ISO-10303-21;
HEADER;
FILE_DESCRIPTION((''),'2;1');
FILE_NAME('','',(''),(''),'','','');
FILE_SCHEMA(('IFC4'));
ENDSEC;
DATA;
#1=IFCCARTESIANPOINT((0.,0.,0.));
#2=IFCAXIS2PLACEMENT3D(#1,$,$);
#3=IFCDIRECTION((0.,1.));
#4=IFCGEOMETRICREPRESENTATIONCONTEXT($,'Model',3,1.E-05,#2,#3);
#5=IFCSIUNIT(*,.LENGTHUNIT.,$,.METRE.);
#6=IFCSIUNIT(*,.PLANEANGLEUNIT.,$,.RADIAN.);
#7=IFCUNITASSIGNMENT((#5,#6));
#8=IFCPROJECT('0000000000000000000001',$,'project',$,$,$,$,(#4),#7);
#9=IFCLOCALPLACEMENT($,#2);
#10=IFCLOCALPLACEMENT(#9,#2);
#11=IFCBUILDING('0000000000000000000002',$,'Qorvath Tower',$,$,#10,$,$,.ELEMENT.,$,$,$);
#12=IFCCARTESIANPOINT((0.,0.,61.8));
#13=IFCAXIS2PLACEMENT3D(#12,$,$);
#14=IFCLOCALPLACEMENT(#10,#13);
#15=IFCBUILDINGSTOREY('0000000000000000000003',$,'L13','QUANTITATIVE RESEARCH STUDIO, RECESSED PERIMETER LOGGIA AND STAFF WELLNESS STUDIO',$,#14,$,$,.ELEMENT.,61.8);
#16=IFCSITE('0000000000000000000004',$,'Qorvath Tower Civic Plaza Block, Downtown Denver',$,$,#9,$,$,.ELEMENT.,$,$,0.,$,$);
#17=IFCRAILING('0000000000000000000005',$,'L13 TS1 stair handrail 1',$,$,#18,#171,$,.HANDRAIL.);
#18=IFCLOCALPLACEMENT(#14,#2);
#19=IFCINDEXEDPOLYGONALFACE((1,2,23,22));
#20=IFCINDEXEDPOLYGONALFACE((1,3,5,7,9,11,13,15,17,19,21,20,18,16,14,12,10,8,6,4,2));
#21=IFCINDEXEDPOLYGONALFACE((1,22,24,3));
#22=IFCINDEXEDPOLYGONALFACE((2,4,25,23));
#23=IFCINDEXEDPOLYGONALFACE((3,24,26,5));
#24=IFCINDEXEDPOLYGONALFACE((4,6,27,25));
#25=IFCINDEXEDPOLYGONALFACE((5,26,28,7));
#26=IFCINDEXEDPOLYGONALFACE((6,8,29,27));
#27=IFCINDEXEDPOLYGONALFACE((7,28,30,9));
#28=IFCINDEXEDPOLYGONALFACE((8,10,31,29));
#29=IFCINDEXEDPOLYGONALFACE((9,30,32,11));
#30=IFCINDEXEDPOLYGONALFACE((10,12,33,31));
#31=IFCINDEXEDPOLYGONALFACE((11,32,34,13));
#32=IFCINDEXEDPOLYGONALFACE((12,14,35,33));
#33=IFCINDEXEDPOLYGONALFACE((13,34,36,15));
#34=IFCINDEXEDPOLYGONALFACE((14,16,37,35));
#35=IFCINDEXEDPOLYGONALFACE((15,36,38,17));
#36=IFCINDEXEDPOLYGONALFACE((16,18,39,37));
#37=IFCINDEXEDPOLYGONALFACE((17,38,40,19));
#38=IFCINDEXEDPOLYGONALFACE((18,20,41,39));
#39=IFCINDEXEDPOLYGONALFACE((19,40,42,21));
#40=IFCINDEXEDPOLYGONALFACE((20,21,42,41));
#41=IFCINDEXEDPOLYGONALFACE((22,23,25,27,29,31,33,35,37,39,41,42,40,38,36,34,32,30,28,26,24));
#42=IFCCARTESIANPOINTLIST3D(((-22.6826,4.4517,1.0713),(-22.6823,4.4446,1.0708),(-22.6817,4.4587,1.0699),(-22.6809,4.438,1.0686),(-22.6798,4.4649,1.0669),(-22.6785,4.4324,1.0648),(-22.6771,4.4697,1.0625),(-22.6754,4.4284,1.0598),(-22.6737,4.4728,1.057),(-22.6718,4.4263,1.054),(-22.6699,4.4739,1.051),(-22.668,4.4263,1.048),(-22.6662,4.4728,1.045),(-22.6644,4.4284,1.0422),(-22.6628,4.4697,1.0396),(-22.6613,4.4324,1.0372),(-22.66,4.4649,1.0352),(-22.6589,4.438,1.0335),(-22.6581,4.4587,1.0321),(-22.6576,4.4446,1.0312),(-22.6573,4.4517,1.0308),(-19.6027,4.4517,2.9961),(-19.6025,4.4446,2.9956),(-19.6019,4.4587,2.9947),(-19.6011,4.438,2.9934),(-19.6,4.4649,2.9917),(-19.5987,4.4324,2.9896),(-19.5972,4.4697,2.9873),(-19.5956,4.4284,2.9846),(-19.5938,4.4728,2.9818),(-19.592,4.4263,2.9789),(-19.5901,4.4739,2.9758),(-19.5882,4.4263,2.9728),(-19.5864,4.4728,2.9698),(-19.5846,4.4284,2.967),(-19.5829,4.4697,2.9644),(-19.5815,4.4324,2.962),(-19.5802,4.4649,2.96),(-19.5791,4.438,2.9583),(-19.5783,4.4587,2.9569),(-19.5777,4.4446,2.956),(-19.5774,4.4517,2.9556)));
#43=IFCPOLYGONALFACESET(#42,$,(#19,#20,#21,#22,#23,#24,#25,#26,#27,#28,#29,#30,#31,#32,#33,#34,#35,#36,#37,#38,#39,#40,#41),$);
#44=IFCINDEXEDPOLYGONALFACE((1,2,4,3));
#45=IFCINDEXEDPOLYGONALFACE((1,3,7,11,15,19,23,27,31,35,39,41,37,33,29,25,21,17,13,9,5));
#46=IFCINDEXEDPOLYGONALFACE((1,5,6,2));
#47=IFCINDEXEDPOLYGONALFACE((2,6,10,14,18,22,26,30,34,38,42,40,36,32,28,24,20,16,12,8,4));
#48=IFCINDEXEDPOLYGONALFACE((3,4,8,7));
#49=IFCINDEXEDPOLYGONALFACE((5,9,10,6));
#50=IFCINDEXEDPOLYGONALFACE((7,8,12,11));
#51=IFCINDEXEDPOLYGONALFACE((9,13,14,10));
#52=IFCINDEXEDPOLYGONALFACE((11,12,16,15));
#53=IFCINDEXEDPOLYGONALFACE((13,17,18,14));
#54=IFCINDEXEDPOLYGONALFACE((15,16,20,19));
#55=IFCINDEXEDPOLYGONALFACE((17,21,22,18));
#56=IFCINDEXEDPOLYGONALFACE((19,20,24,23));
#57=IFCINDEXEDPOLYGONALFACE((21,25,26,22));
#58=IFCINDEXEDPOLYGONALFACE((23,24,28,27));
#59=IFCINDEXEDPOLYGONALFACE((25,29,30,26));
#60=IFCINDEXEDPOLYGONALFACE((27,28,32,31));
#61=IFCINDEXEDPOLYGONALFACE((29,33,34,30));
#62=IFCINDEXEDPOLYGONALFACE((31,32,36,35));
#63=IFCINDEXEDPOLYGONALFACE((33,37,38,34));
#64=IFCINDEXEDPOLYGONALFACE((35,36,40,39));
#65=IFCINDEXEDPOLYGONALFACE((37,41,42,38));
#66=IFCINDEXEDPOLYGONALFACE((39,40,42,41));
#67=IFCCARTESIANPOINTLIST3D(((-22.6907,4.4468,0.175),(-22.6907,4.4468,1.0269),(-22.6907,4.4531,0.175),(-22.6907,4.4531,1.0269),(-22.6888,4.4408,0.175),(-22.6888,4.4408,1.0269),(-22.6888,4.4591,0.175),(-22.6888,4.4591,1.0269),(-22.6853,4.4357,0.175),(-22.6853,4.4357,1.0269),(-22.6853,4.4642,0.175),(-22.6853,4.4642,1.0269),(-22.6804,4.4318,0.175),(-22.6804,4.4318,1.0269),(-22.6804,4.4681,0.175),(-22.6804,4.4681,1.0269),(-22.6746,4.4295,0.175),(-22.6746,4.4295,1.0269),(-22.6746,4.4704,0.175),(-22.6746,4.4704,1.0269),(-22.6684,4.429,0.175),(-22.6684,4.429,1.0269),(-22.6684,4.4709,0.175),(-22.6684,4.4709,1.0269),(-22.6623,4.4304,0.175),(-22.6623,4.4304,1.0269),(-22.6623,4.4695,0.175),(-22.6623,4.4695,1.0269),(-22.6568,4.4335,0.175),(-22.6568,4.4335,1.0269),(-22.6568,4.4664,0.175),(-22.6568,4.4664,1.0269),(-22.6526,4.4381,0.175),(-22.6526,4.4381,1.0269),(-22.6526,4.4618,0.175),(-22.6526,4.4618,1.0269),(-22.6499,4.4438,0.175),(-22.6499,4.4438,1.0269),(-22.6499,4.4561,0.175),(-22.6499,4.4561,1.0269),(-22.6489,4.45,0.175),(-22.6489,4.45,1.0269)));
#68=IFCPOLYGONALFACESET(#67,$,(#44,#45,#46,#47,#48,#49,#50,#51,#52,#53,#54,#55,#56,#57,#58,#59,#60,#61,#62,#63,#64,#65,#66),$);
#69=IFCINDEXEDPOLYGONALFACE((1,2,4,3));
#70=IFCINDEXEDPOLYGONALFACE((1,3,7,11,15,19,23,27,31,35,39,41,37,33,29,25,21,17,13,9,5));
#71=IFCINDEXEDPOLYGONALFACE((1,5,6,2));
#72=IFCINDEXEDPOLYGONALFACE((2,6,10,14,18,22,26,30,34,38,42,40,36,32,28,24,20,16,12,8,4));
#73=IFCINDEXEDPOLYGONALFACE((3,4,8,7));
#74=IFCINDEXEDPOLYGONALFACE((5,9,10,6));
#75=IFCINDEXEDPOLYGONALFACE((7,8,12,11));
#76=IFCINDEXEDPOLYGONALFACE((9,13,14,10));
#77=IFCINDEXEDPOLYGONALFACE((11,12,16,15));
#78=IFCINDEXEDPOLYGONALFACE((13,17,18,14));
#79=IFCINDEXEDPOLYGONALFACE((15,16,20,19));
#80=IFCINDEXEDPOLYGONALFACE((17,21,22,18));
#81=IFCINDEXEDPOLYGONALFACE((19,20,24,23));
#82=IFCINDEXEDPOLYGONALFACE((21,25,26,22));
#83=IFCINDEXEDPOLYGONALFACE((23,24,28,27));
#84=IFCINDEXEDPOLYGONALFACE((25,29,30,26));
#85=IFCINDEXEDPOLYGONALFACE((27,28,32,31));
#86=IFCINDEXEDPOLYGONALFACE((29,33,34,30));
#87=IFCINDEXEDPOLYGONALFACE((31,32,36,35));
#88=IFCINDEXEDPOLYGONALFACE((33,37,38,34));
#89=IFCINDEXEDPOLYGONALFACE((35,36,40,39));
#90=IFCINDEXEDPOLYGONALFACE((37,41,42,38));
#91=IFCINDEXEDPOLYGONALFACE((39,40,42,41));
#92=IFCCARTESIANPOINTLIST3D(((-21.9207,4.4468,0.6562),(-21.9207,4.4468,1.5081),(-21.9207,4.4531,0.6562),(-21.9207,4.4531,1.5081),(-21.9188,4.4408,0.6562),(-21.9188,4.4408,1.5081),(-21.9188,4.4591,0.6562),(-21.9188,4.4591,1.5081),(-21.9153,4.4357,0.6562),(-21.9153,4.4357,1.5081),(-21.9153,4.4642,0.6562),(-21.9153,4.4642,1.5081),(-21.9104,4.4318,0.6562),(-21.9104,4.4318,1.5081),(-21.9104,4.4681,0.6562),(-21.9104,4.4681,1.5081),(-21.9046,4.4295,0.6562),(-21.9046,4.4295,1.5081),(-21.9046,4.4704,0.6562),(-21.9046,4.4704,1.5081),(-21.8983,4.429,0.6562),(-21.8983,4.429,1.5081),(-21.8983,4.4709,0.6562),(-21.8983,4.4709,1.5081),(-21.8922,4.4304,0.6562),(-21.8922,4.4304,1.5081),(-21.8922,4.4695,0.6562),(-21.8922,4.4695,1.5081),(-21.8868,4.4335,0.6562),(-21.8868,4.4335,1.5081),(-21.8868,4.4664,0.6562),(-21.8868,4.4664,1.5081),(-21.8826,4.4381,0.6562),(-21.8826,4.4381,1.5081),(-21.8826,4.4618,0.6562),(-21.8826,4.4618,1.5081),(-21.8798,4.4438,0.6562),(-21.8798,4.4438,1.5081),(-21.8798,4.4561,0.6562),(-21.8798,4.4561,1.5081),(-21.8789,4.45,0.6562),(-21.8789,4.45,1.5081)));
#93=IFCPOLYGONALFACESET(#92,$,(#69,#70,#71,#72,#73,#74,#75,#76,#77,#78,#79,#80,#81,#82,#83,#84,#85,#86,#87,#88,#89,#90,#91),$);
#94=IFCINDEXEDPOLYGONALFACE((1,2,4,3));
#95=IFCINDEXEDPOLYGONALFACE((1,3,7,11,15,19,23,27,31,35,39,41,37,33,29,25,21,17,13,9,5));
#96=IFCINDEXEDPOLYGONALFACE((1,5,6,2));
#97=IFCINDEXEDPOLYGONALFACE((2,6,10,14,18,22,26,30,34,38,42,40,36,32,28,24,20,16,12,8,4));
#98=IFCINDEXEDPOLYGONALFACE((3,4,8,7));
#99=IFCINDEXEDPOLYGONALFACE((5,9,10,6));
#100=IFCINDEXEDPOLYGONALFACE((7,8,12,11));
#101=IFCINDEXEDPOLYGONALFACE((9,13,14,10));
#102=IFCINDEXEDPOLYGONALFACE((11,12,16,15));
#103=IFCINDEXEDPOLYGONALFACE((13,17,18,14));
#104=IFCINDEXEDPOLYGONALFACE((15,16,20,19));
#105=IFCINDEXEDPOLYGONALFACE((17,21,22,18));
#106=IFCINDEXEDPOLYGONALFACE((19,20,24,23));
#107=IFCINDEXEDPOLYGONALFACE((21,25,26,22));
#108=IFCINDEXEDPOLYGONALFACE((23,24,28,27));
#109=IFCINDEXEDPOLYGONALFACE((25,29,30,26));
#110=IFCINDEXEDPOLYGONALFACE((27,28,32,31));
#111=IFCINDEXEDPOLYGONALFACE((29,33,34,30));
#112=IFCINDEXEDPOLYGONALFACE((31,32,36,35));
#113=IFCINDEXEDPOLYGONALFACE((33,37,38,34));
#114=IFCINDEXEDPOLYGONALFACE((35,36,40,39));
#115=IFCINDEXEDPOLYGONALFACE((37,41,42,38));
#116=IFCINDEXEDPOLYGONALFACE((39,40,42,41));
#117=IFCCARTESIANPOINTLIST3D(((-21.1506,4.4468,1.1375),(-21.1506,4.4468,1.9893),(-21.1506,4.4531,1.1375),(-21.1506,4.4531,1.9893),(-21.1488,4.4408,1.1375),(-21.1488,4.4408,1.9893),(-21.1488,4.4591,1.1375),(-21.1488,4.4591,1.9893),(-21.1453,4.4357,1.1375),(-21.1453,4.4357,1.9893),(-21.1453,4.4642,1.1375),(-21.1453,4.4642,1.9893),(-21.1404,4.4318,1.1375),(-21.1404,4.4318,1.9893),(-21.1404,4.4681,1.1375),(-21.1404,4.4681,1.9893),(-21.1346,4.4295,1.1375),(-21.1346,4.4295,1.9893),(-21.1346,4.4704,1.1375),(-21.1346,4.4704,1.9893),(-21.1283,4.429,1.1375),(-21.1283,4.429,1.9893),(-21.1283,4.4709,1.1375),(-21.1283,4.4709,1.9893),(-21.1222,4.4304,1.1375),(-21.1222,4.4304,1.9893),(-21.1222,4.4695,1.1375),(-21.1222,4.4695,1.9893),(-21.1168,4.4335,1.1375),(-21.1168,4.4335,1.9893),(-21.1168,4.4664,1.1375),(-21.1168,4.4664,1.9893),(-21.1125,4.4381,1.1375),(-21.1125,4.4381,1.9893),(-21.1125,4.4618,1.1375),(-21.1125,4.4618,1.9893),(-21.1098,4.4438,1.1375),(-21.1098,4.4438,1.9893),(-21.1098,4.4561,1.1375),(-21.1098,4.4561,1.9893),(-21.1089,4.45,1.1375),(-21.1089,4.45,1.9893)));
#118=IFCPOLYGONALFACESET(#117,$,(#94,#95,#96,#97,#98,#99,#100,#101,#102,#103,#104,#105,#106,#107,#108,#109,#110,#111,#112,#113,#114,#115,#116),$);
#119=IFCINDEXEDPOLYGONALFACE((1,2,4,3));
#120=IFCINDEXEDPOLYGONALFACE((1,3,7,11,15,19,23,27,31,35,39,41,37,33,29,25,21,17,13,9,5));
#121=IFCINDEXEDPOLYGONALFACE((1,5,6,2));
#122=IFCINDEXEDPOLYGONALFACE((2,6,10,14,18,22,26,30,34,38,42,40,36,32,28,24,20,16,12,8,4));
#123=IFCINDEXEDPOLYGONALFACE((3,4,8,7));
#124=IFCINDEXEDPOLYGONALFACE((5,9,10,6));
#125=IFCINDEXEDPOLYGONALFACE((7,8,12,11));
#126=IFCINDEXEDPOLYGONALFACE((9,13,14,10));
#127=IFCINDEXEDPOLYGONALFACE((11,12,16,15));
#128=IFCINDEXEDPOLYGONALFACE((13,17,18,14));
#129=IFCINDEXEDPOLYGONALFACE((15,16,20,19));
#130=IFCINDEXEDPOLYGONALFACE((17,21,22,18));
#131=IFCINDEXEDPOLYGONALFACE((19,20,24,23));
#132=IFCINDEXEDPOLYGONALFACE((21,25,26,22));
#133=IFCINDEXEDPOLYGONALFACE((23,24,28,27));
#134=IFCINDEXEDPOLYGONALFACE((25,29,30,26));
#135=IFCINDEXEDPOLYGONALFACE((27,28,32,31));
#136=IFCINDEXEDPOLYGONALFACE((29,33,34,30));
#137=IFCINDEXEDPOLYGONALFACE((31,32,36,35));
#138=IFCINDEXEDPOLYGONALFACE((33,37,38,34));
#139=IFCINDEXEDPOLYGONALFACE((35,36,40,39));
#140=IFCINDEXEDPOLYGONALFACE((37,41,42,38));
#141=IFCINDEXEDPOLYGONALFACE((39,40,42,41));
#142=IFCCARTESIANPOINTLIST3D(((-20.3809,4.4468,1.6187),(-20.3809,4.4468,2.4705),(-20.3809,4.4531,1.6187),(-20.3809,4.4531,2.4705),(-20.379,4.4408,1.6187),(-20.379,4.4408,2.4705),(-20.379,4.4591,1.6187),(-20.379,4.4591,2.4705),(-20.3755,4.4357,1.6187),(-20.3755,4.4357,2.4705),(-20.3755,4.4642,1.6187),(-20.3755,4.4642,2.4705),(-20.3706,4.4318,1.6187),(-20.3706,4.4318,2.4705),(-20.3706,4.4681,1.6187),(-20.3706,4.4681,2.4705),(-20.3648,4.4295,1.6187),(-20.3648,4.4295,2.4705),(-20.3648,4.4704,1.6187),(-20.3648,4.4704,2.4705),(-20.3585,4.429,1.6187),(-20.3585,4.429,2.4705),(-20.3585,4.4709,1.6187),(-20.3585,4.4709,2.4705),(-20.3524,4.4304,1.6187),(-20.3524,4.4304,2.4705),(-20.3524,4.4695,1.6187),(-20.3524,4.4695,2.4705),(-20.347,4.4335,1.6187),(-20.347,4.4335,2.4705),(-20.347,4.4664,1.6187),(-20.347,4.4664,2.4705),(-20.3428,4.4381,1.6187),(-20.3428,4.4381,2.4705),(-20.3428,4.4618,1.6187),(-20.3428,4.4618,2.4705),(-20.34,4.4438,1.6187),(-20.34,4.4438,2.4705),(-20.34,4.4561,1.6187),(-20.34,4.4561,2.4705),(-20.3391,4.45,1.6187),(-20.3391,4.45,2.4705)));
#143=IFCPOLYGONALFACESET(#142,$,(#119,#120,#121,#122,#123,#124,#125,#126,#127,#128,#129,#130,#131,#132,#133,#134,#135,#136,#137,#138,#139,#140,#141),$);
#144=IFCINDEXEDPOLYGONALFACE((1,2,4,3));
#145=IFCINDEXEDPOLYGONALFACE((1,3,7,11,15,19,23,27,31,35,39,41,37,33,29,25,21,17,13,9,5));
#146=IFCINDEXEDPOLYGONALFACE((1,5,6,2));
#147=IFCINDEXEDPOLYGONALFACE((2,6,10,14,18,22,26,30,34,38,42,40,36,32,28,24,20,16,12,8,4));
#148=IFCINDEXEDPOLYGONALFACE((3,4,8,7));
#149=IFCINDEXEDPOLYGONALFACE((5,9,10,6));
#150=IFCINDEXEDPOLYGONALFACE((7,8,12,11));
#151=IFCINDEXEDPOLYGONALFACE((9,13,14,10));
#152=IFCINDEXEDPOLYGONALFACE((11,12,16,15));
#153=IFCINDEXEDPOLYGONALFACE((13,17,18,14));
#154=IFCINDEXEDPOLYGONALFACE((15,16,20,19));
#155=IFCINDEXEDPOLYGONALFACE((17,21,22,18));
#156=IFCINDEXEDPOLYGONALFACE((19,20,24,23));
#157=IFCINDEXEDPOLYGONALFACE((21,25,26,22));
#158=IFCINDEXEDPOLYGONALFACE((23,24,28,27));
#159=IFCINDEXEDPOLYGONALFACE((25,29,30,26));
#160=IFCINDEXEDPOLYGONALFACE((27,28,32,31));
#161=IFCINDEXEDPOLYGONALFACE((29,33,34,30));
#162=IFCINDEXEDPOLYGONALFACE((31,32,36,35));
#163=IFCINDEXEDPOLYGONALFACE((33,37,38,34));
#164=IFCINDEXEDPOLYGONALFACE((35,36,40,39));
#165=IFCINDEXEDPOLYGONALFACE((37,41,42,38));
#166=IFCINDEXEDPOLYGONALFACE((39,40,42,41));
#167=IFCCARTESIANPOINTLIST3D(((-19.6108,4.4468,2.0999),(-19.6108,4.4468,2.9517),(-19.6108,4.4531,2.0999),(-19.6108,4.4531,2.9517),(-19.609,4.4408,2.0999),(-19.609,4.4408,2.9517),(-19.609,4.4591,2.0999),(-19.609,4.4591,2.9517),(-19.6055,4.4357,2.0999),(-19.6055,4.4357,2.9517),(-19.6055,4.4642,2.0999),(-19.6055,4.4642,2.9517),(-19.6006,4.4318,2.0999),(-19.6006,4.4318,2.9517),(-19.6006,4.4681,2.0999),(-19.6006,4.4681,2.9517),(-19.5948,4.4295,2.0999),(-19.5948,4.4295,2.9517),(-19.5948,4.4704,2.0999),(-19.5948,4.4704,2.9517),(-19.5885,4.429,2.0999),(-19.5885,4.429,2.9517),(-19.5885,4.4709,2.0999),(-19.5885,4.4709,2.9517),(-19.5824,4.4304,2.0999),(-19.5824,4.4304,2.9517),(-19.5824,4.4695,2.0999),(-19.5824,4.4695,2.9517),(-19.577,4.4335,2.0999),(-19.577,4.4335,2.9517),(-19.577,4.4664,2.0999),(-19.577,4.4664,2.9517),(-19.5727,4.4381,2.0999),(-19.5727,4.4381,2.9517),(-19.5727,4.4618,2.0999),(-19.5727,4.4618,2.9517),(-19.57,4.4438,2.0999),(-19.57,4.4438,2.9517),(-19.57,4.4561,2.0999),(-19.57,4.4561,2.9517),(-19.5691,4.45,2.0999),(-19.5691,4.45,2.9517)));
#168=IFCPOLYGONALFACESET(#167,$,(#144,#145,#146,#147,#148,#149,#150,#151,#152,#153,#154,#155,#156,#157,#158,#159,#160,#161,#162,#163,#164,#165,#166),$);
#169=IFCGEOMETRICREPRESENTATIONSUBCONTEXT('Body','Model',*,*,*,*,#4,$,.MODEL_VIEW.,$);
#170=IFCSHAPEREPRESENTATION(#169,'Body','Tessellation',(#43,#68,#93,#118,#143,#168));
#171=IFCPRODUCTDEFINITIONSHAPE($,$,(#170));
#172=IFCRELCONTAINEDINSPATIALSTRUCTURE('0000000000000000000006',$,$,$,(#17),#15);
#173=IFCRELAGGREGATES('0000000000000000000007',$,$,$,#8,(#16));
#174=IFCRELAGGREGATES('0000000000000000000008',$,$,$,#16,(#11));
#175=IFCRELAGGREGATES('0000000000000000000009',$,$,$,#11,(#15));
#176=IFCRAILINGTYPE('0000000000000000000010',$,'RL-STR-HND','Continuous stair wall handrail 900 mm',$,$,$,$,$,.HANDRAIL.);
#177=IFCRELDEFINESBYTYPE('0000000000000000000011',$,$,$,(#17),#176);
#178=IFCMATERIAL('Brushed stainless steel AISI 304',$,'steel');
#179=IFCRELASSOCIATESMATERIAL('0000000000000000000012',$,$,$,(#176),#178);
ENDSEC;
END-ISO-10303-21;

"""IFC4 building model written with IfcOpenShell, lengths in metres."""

from ifc_helpers import new_model, si_unit, direction, frame, origin, origin_2d, place, context, subcontext, project, spatial, circle, extrude, material, type_object, element, save


model = new_model("IFC4")

# Units and contexts
model_context = context("Model", 3, precision=1e-05, world=origin(), true_north=direction((0.0, 1.0)))
body_context = subcontext(model_context, "Body", "Model", "MODEL_VIEW")
ifc_project = project(units=[si_unit("LENGTHUNIT", "METRE"), si_unit("PLANEANGLEUNIT", "RADIAN")], contexts=[model_context])

# Site, building, storey
site_placement = place(None, origin())
site = spatial("IfcSite", under=ifc_project, at=site_placement, Name="Qorvath Tower Civic Plaza Block, Downtown Denver", CompositionType="ELEMENT", RefElevation=0.0)
building_placement = place(site_placement, origin())
building = spatial("IfcBuilding", under=site, at=building_placement, Name="Qorvath Tower", CompositionType="ELEMENT")
storey_placement = place(building_placement, frame((0.0, 0.0, 61.8)))
storey = spatial("IfcBuildingStorey", under=building, at=storey_placement, Name="L13", Description="QUANTITATIVE RESEARCH STUDIO, RECESSED PERIMETER LOGGIA AND STAFF WELLNESS STUDIO", CompositionType="ELEMENT", Elevation=61.8)

# Railing
ifc_material_1 = material(Name="Brushed stainless steel AISI 304", Category="steel")
railing_type_1 = type_object("IfcRailingType", Name="RL-STR-HND", Description="Continuous stair wall handrail 900 mm", PredefinedType="HANDRAIL", material=ifc_material_1)
railing_1_placement = place(storey_placement, frame((-22.6699, 4.45, 0.175)))
element("IfcRailing", 1, at=railing_1_placement, inside=storey, type_object=railing_type_1, Name="L13 TS1 stair handrail 1", PredefinedType="HANDRAIL", context=body_context, shape_type="SweptSolid", body=[
    extrude(circle(Radius=0.0239, at=origin_2d()), frame((0.0, 0.0, 0.876), z_axis=(0.84801, 0.0, 0.529981), x_axis=(0.0, 1.0, 0.0)), (0.0, 0.0, 1.0), 3.6318),
    extrude(circle(Radius=0.021, at=origin_2d()), origin(), (0.0, 0.0, 1.0), 0.8518),
    extrude(circle(Radius=0.021, at=origin_2d()), frame((0.77, 0.0, 0.4812)), (0.0, 0.0, 1.0), 0.8518),
    extrude(circle(Radius=0.021, at=origin_2d()), frame((1.54, 0.0, 0.9624)), (0.0, 0.0, 1.0), 0.8518),
    extrude(circle(Radius=0.021, at=origin_2d()), frame((2.3098, 0.0, 1.4436)), (0.0, 0.0, 1.0), 0.8518),
    extrude(circle(Radius=0.021, at=origin_2d()), frame((3.0798, 0.0, 1.9248)), (0.0, 0.0, 1.0), 0.8518),
])

save(model, "model.ifc")
